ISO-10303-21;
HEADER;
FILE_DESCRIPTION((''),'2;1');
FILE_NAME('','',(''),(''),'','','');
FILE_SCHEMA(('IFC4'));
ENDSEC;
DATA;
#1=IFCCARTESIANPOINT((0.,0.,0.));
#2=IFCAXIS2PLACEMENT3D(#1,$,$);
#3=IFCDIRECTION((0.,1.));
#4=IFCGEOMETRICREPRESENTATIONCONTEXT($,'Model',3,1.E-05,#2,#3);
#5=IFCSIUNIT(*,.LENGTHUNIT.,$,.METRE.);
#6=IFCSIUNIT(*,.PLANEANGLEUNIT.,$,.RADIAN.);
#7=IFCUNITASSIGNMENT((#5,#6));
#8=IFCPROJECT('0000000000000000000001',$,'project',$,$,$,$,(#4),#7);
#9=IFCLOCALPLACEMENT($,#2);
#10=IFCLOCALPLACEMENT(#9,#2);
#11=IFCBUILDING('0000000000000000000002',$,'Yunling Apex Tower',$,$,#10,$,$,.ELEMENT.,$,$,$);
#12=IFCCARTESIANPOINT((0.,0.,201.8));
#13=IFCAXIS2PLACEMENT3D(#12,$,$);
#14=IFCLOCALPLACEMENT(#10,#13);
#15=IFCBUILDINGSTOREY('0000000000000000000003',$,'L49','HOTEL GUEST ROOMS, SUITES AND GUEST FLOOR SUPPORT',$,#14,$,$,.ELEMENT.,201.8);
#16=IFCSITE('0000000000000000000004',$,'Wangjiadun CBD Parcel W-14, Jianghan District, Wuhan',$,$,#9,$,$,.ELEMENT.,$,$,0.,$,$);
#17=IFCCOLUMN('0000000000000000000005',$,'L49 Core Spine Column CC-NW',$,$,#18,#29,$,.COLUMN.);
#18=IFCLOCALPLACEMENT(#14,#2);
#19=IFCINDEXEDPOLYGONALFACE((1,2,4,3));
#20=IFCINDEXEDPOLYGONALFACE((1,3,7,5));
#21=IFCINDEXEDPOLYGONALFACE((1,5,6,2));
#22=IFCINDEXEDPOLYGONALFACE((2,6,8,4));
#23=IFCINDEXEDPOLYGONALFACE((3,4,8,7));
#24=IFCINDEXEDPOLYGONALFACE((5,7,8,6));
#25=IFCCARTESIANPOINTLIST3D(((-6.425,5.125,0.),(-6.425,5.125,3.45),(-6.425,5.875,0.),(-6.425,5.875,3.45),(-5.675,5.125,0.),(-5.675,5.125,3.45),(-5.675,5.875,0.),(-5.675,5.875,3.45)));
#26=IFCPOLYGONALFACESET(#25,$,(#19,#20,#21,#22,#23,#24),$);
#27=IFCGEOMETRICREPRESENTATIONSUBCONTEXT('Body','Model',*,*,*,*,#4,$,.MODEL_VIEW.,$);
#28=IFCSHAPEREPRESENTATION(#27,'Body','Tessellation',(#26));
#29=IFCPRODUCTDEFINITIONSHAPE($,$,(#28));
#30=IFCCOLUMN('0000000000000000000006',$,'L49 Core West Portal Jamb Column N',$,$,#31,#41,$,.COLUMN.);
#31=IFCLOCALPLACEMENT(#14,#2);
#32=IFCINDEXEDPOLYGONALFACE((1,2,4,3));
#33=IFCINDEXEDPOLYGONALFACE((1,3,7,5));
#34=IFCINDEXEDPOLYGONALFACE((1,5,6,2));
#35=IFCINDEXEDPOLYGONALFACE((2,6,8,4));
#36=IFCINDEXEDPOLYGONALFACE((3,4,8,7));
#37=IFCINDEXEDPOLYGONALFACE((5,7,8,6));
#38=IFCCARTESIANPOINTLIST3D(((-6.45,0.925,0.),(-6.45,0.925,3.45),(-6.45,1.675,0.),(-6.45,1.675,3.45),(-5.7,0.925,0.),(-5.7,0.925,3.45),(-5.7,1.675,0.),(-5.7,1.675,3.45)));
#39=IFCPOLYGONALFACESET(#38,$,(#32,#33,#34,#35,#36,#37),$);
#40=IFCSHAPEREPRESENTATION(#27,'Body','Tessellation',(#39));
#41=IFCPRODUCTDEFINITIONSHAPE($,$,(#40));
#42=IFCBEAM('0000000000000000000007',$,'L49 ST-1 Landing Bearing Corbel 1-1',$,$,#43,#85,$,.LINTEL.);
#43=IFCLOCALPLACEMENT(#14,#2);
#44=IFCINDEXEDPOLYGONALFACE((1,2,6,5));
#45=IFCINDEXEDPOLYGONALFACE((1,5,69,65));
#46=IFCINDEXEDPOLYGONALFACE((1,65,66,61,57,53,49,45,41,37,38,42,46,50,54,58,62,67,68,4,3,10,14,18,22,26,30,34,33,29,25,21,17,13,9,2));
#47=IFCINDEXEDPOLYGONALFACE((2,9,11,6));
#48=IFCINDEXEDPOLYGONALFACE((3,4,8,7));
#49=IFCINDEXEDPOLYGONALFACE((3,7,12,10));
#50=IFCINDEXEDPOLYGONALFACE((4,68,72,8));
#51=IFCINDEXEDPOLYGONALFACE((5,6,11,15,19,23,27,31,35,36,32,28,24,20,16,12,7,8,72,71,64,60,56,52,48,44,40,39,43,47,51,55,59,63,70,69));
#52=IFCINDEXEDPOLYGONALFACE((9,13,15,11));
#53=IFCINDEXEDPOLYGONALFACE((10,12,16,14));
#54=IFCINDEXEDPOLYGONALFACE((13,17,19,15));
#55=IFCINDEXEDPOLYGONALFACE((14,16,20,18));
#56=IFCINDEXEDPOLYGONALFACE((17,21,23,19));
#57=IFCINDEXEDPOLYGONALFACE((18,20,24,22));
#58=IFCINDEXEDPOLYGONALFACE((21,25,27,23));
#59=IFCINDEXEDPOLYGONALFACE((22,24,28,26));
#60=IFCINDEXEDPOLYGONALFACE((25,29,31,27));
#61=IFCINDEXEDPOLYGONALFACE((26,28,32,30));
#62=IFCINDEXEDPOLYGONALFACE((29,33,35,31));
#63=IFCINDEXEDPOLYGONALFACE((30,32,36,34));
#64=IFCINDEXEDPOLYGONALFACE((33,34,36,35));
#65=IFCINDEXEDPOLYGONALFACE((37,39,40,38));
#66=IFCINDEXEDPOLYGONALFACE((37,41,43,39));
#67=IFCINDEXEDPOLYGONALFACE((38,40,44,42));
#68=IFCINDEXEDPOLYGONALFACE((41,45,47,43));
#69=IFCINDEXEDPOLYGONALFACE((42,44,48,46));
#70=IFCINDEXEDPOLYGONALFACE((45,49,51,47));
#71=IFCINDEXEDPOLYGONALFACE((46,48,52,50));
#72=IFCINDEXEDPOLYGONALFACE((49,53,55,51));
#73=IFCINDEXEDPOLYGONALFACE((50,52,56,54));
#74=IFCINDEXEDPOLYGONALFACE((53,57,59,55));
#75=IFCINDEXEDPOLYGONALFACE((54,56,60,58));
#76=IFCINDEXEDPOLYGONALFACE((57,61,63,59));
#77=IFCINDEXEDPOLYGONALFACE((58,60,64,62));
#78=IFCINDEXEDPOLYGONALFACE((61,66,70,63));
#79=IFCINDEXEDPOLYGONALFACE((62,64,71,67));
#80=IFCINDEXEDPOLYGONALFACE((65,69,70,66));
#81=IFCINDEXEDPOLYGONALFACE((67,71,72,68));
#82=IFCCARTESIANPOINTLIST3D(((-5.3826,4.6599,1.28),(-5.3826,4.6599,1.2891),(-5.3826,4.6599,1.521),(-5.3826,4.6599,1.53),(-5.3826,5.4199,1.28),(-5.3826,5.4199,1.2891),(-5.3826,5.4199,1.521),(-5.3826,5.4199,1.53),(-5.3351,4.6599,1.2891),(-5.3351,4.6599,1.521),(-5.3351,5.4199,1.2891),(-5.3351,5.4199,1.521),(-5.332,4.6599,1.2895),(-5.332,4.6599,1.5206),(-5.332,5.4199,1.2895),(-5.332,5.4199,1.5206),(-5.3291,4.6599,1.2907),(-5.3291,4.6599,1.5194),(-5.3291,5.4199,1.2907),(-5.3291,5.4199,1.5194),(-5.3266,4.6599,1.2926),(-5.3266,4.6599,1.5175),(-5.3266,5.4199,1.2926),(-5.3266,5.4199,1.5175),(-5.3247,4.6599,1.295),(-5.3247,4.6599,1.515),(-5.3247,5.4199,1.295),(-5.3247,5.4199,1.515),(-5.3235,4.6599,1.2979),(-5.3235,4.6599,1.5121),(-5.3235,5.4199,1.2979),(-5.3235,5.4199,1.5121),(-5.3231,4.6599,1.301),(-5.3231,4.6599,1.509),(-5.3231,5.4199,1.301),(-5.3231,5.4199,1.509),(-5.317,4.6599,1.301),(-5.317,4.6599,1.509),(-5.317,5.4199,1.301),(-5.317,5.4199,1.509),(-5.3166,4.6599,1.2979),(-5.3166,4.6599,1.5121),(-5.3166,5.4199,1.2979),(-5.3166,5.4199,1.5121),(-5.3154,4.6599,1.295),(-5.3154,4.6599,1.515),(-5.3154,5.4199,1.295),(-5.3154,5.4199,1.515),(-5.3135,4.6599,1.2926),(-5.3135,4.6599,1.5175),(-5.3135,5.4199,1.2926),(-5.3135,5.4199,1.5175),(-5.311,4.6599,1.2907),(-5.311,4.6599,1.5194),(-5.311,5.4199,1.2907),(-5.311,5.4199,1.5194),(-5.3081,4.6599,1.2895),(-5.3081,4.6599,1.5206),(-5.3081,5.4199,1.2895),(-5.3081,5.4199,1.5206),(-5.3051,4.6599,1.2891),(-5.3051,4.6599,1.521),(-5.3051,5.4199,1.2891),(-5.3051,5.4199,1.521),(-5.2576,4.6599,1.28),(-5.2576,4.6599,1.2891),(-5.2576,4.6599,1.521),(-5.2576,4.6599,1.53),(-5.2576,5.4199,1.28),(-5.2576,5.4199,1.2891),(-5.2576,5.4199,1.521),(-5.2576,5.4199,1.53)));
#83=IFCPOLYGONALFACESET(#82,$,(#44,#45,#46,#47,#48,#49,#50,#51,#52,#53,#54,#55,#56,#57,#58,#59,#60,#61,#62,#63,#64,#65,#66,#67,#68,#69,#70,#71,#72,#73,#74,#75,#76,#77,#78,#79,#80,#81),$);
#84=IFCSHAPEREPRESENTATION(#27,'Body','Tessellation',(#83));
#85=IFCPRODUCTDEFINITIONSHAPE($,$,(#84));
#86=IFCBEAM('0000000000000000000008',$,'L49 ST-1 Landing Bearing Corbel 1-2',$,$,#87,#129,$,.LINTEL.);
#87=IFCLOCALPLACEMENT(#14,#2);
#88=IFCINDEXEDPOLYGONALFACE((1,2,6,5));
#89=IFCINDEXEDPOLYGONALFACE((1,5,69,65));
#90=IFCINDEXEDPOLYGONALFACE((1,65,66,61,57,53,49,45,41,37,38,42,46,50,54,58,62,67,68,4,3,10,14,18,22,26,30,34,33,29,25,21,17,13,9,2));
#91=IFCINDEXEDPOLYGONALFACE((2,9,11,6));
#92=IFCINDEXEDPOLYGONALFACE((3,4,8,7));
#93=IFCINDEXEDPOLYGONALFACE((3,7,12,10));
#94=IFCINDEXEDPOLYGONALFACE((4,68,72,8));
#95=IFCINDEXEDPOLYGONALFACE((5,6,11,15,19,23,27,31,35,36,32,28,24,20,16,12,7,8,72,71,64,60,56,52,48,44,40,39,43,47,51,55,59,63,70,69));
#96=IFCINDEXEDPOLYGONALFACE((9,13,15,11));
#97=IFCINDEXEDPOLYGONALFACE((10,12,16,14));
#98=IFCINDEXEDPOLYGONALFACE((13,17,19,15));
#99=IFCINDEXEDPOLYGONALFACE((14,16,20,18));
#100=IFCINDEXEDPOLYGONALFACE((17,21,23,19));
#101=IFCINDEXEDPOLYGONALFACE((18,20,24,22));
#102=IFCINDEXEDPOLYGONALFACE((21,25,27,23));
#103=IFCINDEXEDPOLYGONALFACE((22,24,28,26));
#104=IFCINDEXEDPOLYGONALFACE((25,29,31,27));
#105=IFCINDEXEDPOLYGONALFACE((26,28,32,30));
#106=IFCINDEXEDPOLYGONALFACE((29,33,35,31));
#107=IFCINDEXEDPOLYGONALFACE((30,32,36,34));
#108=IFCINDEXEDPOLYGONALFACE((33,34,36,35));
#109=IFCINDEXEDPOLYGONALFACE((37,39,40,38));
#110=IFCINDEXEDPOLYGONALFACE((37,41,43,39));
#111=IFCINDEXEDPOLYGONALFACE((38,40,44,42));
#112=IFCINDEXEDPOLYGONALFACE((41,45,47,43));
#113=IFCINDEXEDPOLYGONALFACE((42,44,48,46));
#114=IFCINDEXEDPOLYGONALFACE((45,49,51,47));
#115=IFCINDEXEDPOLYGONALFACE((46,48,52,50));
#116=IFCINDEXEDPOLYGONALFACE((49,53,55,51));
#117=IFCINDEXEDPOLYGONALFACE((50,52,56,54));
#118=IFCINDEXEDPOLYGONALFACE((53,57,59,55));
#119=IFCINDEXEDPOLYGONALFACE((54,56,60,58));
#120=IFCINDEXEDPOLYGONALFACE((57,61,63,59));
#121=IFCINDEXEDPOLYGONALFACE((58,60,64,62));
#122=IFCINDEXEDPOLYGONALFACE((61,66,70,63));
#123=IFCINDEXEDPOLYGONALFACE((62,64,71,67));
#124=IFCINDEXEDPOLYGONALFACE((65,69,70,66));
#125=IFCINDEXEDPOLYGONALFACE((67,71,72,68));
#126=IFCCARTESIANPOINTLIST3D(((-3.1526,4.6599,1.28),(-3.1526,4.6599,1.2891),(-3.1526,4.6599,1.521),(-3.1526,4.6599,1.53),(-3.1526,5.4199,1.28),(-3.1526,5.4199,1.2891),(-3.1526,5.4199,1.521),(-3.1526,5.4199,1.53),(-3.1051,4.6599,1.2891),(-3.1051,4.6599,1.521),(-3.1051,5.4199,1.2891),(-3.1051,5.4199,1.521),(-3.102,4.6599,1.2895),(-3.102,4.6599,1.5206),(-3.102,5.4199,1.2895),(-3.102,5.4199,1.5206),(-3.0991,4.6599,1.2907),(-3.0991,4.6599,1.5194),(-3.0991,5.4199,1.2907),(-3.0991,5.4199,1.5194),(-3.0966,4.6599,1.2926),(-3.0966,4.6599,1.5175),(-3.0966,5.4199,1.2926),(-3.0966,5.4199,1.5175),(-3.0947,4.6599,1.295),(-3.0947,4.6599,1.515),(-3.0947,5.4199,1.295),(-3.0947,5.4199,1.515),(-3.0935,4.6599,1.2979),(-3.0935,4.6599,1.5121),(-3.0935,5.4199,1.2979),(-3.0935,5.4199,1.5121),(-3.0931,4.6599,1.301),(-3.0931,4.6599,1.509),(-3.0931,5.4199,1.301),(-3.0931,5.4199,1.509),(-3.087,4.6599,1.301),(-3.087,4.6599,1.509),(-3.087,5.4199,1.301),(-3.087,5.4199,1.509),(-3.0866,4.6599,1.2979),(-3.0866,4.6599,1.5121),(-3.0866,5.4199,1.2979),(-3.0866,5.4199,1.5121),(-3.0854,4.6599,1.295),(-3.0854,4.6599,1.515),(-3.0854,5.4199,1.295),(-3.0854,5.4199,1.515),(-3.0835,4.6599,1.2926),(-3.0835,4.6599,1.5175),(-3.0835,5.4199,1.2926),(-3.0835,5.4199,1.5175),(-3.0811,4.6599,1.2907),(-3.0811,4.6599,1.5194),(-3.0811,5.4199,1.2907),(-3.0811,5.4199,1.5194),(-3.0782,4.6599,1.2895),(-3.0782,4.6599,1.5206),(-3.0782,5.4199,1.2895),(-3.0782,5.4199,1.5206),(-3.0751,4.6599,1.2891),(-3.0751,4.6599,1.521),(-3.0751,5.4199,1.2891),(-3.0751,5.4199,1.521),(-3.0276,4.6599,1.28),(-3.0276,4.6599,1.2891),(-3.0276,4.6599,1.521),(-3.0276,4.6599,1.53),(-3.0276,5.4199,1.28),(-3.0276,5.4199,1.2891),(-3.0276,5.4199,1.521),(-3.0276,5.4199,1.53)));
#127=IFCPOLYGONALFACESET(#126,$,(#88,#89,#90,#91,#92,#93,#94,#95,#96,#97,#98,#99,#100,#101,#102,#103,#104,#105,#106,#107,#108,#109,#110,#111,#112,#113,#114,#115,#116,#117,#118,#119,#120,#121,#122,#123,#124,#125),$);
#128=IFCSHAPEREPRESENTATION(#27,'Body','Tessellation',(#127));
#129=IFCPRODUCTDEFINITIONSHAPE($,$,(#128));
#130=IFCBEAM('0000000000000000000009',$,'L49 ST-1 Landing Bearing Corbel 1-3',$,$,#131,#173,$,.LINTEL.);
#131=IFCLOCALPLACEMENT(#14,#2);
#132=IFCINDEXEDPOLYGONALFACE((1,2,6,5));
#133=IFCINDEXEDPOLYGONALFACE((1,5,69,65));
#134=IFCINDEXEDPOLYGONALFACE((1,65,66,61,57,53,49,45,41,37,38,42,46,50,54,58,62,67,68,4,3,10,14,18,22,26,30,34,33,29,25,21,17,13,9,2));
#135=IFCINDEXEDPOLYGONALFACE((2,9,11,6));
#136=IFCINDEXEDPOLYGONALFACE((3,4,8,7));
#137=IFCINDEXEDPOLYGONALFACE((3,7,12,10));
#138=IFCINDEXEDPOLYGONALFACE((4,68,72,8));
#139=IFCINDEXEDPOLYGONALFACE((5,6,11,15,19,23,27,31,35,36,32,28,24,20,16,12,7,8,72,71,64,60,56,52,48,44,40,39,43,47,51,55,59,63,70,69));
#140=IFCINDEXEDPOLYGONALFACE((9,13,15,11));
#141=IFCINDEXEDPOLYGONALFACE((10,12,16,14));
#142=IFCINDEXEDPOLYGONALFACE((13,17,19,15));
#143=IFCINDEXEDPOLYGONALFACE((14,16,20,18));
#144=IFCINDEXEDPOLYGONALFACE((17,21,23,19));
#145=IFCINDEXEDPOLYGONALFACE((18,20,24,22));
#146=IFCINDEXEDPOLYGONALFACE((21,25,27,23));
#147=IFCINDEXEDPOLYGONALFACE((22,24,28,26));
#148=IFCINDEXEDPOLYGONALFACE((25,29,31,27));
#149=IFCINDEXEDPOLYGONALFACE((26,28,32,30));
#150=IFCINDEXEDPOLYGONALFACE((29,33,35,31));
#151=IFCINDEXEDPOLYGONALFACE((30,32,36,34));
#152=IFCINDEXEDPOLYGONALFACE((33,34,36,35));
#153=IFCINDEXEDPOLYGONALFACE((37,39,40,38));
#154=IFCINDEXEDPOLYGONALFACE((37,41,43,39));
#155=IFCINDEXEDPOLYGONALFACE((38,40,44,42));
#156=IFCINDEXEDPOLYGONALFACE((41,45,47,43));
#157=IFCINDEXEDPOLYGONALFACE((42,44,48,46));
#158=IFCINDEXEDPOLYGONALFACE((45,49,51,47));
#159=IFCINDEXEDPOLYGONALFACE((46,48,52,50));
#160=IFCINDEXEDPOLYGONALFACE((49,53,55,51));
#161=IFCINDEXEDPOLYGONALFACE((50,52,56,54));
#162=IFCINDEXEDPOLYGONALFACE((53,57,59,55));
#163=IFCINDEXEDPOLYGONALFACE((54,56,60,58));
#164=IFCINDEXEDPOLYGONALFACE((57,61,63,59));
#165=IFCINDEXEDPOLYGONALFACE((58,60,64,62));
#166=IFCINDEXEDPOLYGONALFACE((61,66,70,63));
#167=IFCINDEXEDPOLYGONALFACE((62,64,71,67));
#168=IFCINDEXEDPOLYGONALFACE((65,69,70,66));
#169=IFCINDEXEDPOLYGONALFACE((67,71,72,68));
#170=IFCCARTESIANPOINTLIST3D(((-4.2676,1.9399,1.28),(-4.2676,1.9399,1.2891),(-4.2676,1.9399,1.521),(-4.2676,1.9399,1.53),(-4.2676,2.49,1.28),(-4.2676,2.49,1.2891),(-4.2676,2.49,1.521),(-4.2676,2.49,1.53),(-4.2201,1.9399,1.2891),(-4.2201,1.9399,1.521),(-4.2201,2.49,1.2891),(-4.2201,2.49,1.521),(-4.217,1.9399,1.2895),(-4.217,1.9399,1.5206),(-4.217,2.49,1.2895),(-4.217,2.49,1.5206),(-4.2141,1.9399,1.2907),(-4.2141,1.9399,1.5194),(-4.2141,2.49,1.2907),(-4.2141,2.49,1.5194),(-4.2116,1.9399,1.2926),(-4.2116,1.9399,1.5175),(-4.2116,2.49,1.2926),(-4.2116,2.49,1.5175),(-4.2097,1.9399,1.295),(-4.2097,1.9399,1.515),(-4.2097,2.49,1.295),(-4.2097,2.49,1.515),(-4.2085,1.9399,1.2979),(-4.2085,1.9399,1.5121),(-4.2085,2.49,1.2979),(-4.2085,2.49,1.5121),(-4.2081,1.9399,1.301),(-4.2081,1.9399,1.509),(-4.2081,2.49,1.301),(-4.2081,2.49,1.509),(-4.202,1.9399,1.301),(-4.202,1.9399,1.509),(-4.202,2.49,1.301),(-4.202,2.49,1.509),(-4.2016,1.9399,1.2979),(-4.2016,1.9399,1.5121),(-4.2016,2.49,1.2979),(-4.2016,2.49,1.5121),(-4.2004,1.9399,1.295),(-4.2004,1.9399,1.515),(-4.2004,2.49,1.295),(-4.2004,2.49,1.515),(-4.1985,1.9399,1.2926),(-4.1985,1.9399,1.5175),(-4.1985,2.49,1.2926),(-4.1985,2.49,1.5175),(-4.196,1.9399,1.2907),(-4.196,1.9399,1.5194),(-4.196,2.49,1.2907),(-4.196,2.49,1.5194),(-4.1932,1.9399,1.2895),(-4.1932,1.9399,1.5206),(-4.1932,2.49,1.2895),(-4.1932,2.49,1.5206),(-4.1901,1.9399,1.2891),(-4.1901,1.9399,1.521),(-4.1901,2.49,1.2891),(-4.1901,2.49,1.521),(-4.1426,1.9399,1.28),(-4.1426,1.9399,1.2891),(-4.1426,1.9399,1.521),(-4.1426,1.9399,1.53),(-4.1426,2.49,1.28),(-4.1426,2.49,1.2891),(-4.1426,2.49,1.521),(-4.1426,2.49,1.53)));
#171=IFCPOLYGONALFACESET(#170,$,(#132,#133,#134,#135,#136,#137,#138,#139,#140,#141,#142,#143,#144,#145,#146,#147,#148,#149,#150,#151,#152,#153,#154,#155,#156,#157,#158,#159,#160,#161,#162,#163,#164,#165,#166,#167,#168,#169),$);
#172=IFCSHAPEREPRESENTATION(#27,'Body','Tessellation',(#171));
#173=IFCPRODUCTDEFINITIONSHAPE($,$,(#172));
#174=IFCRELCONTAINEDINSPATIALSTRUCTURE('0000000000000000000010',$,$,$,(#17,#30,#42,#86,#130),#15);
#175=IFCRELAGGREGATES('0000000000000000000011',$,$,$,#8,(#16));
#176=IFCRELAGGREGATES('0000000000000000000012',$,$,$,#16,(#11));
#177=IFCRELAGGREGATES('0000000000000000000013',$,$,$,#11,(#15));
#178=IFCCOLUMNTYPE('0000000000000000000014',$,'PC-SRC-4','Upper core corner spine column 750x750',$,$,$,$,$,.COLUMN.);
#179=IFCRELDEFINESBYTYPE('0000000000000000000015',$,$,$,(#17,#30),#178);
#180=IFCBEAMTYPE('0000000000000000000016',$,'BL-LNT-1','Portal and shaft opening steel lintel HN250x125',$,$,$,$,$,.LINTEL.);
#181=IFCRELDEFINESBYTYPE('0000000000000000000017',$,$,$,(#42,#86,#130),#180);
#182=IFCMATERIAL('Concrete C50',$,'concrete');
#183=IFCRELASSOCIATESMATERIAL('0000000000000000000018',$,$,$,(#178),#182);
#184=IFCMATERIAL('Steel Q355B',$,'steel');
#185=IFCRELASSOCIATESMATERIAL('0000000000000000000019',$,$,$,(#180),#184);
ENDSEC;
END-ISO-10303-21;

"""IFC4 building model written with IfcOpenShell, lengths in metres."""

from ifc_helpers import new_model, si_unit, direction, frame, origin, origin_2d, place, context, subcontext, project, spatial, rectangle, i_section, extrude, source, transform, mapped, material, material_profile, profile_set, type_object, element, save


model = new_model("IFC4")

# Units and contexts
model_context = context("Model", 3, precision=1e-05, world=origin(), true_north=direction((0.0, 1.0)))
body_context = subcontext(model_context, "Body", "Model", "MODEL_VIEW")
ifc_project = project(units=[si_unit("LENGTHUNIT", "METRE"), si_unit("PLANEANGLEUNIT", "RADIAN")], contexts=[model_context])

# Site, building, storey
site_placement = place(None, origin())
site = spatial("IfcSite", under=ifc_project, at=site_placement, Name="Wangjiadun CBD Parcel W-14, Jianghan District, Wuhan", CompositionType="ELEMENT", RefElevation=0.0)
building_placement = place(site_placement, origin())
building = spatial("IfcBuilding", under=site, at=building_placement, Name="Yunling Apex Tower", CompositionType="ELEMENT")
storey_placement = place(building_placement, frame((0.0, 0.0, 201.8)))
storey = spatial("IfcBuildingStorey", under=building, at=storey_placement, Name="L49", Description="HOTEL GUEST ROOMS, SUITES AND GUEST FLOOR SUPPORT", CompositionType="ELEMENT", Elevation=201.8)

# Columns
ifc_material_1 = material(Name="Concrete C50", Category="concrete")
ifc_material_profile_1 = material_profile(ifc_material_1, rectangle(XDim=0.75, YDim=0.75, at=origin_2d()))
ifc_profile_set_1 = profile_set([ifc_material_profile_1], Name="Concrete C50")
column_type = type_object("IfcColumnType", Name="PC-SRC-4", Description="Upper core corner spine column 750x750", PredefinedType="COLUMN", material=ifc_profile_set_1)
shared_shape_1 = source(origin(), body_context, "Body", "SweptSolid", [
    extrude(rectangle(XDim=0.75, YDim=0.75, at=origin_2d()), origin(), (0.0, 0.0, 1.0), 3.45),
])
for number, where, z_axis, x_axis, name in (
    (1, (-6.05, 5.5, 0.0), (0.0, 0.0, 1.0), (1.0, 0.0, 0.0), "L49 Core Spine Column CC-NW"),
    (2, (-6.075, 1.3, 0.0), (0.0, 0.0, 1.0), (1.0, 0.0, 0.0), "L49 Core West Portal Jamb Column N"),
):
    element("IfcColumn", number, at=place(storey_placement, frame(where, z_axis=z_axis, x_axis=x_axis)), inside=storey, type_object=column_type, Name=name, PredefinedType="COLUMN", context=body_context, shape_type="MappedRepresentation", body=[
        mapped(shared_shape_1, transform((0.0, 0.0, 0.0), scale=1.0)),
    ])

# Beams
ifc_material_2 = material(Name="Steel Q355B", Category="steel")
ifc_material_profile_2 = material_profile(ifc_material_2, i_section(OverallWidth=0.125, OverallDepth=0.25, WebThickness=0.0061, FlangeThickness=0.009, FilletRadius=0.012, at=origin_2d()))
ifc_profile_set_2 = profile_set([ifc_material_profile_2], Name="Steel Q355B")
beam_type = type_object("IfcBeamType", Name="BL-LNT-1", Description="Portal and shaft opening steel lintel HN250x125", PredefinedType="LINTEL", material=ifc_profile_set_2)
shared_shape_2 = source(origin(), body_context, "Body", "SweptSolid", [
    extrude(i_section(OverallWidth=0.125, OverallDepth=0.25, WebThickness=0.0061, FlangeThickness=0.009, FilletRadius=0.012, at=origin_2d()), origin(), (0.0, 0.0, 1.0), 0.76),
])
for number, where, z_axis, x_axis, name in (
    (3, (-5.3201, 5.4199, 1.405), (0.0, -1.0, 0.0), (1.0, 0.0, 0.0), "L49 ST-1 Landing Bearing Corbel 1-1"),
    (4, (-3.0901, 5.4199, 1.405), (0.0, -1.0, 0.0), (1.0, 0.0, 0.0), "L49 ST-1 Landing Bearing Corbel 1-2"),
):
    element("IfcBeam", number, at=place(storey_placement, frame(where, z_axis=z_axis, x_axis=x_axis)), inside=storey, type_object=beam_type, Name=name, PredefinedType="LINTEL", context=body_context, shape_type="MappedRepresentation", body=[
        mapped(shared_shape_2, transform((0.0, 0.0, 0.0), scale=1.0)),
    ])
shared_shape_3 = source(origin(), body_context, "Body", "SweptSolid", [
    extrude(i_section(OverallWidth=0.125, OverallDepth=0.25, WebThickness=0.0061, FlangeThickness=0.009, FilletRadius=0.012, at=origin_2d()), origin(), (0.0, 0.0, 1.0), 0.55),
])
beam_placement = place(storey_placement, frame((-4.2051, 1.9399, 1.405), z_axis=(0.0, 1.0, 0.0), x_axis=(-1.0, 0.0, 0.0)))
element("IfcBeam", 5, at=beam_placement, inside=storey, type_object=beam_type, Name="L49 ST-1 Landing Bearing Corbel 1-3", PredefinedType="LINTEL", context=body_context, shape_type="MappedRepresentation", body=[
    mapped(shared_shape_3, transform((0.0, 0.0, 0.0), scale=1.0)),
])

save(model, "model.ifc")
